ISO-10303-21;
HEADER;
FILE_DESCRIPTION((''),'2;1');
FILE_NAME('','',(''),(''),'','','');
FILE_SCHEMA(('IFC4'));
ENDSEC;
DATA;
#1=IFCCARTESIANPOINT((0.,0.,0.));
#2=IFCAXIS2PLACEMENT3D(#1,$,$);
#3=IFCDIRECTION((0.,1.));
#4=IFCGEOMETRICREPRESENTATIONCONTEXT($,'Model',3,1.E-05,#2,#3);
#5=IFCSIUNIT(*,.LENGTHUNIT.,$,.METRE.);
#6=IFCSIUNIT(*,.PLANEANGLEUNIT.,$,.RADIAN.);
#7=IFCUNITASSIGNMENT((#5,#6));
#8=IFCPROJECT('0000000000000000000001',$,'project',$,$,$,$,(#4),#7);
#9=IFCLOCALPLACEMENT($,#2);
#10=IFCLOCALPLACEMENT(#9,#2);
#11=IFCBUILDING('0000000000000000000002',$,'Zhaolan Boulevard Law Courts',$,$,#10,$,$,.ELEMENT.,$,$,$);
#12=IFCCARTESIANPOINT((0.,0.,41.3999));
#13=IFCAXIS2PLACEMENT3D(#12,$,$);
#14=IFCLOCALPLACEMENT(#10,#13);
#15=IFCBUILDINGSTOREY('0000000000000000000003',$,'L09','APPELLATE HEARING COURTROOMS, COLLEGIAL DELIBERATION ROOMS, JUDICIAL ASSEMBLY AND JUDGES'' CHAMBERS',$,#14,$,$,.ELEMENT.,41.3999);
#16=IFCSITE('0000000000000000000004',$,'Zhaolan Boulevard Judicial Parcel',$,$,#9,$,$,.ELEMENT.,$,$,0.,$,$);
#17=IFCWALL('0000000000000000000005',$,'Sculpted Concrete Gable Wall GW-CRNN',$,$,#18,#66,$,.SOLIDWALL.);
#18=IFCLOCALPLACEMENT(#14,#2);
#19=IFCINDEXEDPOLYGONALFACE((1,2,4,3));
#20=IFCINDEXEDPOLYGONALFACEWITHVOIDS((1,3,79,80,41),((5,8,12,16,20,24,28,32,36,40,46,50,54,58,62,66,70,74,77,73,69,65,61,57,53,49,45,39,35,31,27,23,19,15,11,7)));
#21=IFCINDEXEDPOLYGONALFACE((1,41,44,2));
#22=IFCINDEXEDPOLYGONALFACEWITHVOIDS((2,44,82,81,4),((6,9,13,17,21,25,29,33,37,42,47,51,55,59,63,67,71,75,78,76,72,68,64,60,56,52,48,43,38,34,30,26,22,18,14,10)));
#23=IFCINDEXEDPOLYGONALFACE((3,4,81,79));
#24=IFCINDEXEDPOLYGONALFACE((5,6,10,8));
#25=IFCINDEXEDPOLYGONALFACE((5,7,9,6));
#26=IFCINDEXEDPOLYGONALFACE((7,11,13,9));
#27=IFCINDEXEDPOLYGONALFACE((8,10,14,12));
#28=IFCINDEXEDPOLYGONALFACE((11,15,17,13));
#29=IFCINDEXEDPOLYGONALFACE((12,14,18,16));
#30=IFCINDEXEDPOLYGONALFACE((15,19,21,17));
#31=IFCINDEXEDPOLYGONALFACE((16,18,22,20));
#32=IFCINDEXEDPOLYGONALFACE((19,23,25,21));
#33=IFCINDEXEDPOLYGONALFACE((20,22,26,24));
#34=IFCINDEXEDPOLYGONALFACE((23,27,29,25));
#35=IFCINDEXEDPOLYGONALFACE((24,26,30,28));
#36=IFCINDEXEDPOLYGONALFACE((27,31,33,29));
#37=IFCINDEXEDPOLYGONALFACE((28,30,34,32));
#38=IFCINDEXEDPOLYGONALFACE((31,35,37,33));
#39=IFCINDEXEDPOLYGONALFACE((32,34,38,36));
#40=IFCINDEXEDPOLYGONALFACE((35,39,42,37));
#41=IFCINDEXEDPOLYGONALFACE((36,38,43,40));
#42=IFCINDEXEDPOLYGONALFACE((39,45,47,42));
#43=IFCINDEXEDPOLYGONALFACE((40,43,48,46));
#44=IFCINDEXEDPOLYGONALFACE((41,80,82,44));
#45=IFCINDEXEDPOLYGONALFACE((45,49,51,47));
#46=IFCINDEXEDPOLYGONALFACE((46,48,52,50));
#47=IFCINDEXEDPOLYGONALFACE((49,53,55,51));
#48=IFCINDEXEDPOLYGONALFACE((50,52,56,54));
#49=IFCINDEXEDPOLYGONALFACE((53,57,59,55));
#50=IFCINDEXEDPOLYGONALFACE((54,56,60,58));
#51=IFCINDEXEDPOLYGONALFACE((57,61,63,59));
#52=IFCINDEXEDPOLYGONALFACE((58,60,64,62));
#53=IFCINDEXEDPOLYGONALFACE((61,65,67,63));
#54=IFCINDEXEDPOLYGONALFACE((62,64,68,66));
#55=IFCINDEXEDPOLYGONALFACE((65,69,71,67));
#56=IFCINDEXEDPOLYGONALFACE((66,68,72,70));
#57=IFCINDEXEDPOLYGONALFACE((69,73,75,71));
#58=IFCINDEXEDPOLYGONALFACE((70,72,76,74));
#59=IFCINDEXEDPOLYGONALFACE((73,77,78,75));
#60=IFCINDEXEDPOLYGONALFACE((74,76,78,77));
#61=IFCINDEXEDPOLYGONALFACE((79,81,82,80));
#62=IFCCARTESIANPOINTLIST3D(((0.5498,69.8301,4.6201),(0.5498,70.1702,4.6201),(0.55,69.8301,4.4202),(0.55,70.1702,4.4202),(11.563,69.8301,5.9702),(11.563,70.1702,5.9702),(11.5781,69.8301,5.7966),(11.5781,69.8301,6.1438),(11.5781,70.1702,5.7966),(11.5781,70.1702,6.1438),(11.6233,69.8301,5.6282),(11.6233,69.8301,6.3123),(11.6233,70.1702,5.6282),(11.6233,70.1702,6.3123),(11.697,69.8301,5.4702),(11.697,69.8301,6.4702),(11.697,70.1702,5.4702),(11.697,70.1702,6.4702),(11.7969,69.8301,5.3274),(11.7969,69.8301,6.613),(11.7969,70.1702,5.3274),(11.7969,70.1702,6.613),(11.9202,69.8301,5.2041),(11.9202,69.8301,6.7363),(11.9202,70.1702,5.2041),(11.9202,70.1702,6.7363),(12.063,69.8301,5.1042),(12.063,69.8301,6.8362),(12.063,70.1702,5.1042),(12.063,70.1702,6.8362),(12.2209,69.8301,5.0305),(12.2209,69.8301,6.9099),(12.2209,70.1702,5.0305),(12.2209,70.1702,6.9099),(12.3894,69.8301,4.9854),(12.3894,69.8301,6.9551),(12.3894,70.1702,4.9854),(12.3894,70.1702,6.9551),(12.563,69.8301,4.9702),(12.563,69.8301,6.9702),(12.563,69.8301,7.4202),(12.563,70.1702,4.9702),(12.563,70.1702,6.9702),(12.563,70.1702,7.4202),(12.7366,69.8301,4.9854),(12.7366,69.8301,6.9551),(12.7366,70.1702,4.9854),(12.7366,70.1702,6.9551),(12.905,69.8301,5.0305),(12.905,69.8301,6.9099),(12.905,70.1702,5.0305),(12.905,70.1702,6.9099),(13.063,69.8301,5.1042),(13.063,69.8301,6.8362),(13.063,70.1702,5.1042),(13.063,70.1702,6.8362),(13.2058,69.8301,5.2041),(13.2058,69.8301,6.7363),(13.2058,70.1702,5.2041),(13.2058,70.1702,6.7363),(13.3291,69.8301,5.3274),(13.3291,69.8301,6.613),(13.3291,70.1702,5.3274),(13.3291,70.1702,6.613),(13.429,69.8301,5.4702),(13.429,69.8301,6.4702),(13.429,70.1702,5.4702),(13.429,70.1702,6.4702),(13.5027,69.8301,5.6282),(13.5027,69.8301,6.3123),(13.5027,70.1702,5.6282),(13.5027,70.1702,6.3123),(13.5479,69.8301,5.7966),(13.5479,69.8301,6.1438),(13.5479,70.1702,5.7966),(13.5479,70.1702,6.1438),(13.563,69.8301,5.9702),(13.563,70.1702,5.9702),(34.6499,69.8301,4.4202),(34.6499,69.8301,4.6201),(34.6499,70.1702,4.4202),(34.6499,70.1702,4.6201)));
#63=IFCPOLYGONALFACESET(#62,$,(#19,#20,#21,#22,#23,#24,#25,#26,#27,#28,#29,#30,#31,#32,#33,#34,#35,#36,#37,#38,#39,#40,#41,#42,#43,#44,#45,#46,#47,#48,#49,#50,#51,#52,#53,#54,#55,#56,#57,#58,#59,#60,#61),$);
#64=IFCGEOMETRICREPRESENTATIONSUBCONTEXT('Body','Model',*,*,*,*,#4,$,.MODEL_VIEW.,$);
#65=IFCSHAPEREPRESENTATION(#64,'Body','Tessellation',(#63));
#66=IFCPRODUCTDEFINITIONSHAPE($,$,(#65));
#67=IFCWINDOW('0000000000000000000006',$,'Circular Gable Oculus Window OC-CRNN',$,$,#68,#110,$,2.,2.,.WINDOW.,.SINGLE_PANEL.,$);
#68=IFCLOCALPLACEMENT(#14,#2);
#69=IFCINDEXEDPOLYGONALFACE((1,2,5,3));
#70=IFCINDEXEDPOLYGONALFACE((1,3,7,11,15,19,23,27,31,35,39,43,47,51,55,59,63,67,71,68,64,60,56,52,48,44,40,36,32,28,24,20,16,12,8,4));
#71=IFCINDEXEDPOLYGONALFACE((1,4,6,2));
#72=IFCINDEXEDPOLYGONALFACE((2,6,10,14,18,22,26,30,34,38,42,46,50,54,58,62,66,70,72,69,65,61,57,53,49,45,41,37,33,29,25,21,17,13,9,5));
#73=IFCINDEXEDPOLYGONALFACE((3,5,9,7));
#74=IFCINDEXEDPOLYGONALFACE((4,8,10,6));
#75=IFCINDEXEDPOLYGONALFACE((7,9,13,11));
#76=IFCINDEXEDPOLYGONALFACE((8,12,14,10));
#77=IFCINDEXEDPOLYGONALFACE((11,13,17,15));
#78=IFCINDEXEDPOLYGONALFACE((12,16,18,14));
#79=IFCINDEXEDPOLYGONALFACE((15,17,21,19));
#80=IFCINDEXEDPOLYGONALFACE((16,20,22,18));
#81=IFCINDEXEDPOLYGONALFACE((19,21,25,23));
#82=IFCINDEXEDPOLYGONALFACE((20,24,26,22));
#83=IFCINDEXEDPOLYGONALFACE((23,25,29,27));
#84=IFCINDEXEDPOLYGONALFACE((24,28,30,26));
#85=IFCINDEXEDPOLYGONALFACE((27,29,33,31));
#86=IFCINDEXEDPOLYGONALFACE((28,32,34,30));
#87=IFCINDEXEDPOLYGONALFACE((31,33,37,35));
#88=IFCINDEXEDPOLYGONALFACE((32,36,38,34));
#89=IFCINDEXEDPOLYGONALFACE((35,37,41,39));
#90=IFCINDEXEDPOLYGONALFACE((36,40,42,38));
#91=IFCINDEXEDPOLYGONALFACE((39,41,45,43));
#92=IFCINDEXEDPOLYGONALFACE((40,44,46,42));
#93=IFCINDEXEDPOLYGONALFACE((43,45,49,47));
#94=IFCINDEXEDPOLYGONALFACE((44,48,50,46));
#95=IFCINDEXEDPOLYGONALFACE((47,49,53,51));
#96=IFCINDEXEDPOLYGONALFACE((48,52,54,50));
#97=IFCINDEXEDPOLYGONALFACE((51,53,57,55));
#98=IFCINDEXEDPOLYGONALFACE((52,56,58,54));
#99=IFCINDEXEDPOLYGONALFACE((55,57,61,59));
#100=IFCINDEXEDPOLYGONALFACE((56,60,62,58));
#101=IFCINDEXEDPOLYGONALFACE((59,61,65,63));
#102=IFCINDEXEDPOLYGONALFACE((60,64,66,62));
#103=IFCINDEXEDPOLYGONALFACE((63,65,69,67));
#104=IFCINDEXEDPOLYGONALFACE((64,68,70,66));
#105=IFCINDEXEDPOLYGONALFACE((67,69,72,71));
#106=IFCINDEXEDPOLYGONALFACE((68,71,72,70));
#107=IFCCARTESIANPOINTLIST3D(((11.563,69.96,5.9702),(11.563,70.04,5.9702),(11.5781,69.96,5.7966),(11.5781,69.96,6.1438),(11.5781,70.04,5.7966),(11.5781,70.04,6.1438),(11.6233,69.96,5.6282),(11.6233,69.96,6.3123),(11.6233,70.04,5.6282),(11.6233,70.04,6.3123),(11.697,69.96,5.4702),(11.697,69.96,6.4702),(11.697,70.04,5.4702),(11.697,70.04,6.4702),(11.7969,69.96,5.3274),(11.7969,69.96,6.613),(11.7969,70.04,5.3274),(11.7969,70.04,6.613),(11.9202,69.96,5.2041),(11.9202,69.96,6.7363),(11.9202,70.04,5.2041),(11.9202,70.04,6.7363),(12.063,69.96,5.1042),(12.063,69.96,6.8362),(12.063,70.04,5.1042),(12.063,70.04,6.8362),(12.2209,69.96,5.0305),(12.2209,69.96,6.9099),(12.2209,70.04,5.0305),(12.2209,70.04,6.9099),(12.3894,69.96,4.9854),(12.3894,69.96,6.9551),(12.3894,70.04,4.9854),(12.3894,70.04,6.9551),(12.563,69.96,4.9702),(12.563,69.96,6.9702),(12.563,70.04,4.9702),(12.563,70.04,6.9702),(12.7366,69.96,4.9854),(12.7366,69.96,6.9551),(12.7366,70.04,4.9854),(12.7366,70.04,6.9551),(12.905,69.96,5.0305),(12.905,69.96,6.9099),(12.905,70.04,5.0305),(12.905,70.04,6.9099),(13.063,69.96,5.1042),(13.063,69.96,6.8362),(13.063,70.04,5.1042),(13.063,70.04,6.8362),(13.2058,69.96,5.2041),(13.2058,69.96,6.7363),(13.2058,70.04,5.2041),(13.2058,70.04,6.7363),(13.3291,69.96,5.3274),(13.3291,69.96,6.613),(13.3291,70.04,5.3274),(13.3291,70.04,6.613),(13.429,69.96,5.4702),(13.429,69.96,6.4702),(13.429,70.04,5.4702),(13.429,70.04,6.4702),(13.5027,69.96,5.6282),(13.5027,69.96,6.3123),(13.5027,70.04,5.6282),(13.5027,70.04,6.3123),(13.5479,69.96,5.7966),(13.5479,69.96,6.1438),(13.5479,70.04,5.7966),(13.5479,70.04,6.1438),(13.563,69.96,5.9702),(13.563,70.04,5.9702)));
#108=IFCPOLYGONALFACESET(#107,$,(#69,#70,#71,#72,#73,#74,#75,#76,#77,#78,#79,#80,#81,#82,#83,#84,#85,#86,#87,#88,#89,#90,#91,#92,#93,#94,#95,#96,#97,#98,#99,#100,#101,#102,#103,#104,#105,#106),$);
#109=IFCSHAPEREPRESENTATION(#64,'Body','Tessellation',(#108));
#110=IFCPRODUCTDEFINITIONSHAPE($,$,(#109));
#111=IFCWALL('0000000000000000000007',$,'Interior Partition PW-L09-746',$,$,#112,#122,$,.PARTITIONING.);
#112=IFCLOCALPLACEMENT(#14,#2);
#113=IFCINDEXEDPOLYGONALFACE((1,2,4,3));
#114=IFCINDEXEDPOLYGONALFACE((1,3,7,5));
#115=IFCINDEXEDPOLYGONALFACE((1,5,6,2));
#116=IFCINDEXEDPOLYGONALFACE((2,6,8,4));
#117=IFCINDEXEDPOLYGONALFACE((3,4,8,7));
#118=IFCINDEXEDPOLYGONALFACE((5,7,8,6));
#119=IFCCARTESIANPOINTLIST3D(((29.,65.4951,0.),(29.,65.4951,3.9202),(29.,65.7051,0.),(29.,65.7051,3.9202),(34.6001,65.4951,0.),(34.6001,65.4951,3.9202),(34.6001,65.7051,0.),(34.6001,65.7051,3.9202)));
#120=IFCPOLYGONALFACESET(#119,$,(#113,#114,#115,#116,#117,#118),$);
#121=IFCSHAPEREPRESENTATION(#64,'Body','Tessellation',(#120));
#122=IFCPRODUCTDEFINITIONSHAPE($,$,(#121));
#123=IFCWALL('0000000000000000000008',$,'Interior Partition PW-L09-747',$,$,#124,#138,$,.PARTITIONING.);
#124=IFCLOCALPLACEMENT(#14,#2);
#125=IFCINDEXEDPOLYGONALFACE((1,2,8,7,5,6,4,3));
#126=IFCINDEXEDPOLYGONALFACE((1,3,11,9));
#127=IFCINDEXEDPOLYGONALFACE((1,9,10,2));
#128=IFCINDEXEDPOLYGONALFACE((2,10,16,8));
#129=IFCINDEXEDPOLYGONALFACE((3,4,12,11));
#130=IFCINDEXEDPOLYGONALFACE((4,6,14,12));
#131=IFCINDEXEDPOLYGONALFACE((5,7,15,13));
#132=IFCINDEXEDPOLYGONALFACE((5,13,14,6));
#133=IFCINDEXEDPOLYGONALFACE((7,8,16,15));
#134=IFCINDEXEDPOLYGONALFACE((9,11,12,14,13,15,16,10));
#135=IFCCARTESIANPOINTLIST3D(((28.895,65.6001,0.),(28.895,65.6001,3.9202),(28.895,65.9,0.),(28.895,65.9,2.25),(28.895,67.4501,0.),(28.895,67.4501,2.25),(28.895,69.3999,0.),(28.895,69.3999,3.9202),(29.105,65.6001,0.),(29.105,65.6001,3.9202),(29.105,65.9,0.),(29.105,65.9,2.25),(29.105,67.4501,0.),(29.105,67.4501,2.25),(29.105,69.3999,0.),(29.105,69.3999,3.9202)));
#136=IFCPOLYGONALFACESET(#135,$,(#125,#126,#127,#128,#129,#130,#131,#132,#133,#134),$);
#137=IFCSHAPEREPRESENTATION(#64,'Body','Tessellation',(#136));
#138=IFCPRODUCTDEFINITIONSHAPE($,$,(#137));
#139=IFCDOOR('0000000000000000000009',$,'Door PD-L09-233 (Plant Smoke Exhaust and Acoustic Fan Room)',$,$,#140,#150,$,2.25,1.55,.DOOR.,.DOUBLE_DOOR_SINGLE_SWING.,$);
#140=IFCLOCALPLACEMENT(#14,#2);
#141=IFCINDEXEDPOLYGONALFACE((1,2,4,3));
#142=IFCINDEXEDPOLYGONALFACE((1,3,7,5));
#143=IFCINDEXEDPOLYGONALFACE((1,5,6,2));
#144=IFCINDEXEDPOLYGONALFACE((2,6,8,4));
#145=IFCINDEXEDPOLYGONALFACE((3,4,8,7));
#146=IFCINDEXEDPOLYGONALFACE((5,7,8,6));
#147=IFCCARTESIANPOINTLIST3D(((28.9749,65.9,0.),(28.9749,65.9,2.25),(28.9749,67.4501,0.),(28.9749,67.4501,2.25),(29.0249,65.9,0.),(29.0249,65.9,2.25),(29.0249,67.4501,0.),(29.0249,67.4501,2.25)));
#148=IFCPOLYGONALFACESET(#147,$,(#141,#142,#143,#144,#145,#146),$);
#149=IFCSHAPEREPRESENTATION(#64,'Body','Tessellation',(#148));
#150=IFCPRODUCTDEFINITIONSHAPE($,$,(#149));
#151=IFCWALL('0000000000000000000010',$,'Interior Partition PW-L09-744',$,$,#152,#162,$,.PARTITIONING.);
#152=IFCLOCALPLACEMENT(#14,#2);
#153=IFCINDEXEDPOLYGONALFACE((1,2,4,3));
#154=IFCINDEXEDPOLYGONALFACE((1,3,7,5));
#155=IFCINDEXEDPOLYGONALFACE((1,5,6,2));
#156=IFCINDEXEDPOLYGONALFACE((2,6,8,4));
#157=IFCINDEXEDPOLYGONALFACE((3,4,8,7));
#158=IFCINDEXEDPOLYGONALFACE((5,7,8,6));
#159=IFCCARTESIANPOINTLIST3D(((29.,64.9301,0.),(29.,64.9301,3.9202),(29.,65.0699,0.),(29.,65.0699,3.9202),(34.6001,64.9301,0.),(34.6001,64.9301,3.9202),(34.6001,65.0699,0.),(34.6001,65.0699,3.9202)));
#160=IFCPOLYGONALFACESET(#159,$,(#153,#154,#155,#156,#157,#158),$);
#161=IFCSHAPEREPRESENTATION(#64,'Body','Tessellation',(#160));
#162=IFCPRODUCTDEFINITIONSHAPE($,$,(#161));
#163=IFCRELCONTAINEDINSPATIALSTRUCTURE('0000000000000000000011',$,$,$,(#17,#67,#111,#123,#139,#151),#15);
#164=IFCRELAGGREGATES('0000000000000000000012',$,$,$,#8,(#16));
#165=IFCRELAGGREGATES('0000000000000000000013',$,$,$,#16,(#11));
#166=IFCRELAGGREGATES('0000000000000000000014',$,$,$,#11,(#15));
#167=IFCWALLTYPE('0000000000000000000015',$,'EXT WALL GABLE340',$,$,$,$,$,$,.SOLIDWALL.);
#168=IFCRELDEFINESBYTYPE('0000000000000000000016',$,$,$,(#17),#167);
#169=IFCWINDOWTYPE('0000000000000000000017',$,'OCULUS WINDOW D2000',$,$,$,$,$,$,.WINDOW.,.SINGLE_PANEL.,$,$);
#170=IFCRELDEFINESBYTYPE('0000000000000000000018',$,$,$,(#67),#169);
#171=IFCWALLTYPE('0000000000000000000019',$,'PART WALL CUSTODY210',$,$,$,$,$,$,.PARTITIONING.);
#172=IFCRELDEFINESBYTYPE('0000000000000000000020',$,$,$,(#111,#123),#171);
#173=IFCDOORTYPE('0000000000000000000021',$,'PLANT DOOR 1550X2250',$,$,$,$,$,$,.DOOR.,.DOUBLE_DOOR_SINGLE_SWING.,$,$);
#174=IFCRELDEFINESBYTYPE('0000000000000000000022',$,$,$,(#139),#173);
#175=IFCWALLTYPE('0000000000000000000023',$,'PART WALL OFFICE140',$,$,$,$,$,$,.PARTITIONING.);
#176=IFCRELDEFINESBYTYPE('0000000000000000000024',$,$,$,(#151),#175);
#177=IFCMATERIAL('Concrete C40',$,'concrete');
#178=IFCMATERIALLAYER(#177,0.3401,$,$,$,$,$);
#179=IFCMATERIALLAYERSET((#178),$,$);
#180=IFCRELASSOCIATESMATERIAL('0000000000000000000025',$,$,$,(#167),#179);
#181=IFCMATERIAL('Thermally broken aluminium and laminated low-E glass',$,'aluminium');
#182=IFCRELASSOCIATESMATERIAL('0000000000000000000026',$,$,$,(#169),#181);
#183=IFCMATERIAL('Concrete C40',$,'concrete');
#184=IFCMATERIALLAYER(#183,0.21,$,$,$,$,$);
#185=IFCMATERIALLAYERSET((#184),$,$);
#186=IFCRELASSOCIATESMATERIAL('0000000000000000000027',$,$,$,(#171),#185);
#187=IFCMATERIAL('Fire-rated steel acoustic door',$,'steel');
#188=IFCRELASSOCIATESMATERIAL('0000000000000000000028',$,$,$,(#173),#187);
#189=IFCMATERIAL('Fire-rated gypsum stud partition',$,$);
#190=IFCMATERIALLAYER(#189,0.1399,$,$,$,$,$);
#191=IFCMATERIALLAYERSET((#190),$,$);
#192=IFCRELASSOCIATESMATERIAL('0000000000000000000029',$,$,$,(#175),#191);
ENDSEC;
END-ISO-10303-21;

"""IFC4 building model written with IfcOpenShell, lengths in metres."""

from ifc_helpers import new_model, si_unit, direction, frame, frame_2d, origin, place, context, subcontext, project, spatial, polyline, rectangle, outline, extrude, material, layer, layer_set, type_object, element, fill, save


model = new_model("IFC4")

# Units and contexts
model_context = context("Model", 3, precision=1e-05, world=origin(), true_north=direction((0.0, 1.0)))
body_context = subcontext(model_context, "Body", "Model", "MODEL_VIEW")
ifc_project = project(units=[si_unit("LENGTHUNIT", "METRE"), si_unit("PLANEANGLEUNIT", "RADIAN")], contexts=[model_context])

# Site, building, storey
site_placement = place(None, origin())
site = spatial("IfcSite", under=ifc_project, at=site_placement, Name="Zhaolan Boulevard Judicial Parcel", CompositionType="ELEMENT", RefElevation=0.0)
building_placement = place(site_placement, origin())
building = spatial("IfcBuilding", under=site, at=building_placement, Name="Zhaolan Boulevard Law Courts", CompositionType="ELEMENT")
storey_placement = place(building_placement, frame((0.0, 0.0, 41.3999)))
storey = spatial("IfcBuildingStorey", under=building, at=storey_placement, Name="L09", Description="APPELLATE HEARING COURTROOMS, COLLEGIAL DELIBERATION ROOMS, JUDICIAL ASSEMBLY AND JUDGES' CHAMBERS", CompositionType="ELEMENT", Elevation=41.3999)

# Wall, opening, window
ifc_material_1 = material(Name="Concrete C40", Category="concrete")
ifc_layer_1 = layer(ifc_material_1, 0.3401)
ifc_layer_set_1 = layer_set([ifc_layer_1])
wall_type_1 = type_object("IfcWallType", Name="EXT WALL GABLE340", PredefinedType="SOLIDWALL", material=ifc_layer_set_1)
wall_1_placement = place(storey_placement, frame((34.6499, 70.0, 4.4202), z_axis=(0.0, 0.0, 1.0), x_axis=(-1.0, 0.0, 0.0)))
wall_1 = element("IfcWall", 1, at=wall_1_placement, inside=storey, type_object=wall_type_1, Name="Sculpted Concrete Gable Wall GW-CRNN", PredefinedType="SOLIDWALL", context=body_context, shape_type="SweptSolid", body=[
    extrude(outline(polyline([(0.0, 0.0), (34.0999, 0.0), (34.1001, 0.2), (22.0869, 3.0), (0.0, 0.2), (0.0, 0.0)])), frame((0.0, 0.1699, 0.0), z_axis=(0.0, -1.0, 0.0), x_axis=(1.0, 0.0, 0.0)), (0.0, 0.0, 1.0), 0.3401),
])
opening_1_placement = place(wall_1_placement, frame((21.0869, 0.0, 0.55)))
opening_1 = element("IfcOpeningElement", 2, at=opening_1_placement, cuts=wall_1, PredefinedType="OPENING", context=body_context, shape_type="SweptSolid", body=[
    extrude(outline(polyline([(2.0, 1.0), (1.9849, 1.1736), (1.9397, 1.342), (1.866, 1.5), (1.7661, 1.6428), (1.6428, 1.7661), (1.5, 1.866), (1.342, 1.9397), (1.1736, 1.9849), (1.0, 2.0), (0.8264, 1.9849), (0.658, 1.9397), (0.5, 1.866), (0.3572, 1.7661), (0.2339, 1.6428), (0.134, 1.5), (0.0603, 1.342), (0.0151, 1.1736), (0.0, 1.0), (0.0151, 0.8264), (0.0603, 0.658), (0.134, 0.5), (0.2339, 0.3572), (0.3572, 0.2339), (0.5, 0.134), (0.658, 0.0603), (0.8264, 0.0151), (1.0, 0.0), (1.1736, 0.0151), (1.342, 0.0603), (1.5, 0.134), (1.6428, 0.2339), (1.7661, 0.3572), (1.866, 0.5), (1.9397, 0.658), (1.9849, 0.8264), (2.0, 1.0)])), frame((0.0, 0.1799, 0.0), z_axis=(0.0, -1.0, 0.0), x_axis=(1.0, 0.0, 0.0)), (0.0, 0.0, 1.0), 0.3601),
])
ifc_material_2 = material(Name="Thermally broken aluminium and laminated low-E glass", Category="aluminium")
window_type_1 = type_object("IfcWindowType", Name="OCULUS WINDOW D2000", PartitioningType="SINGLE_PANEL", PredefinedType="WINDOW", material=ifc_material_2)
window_1_placement = place(opening_1_placement, origin())
window_1 = element("IfcWindow", 3, at=window_1_placement, inside=storey, type_object=window_type_1, Name="Circular Gable Oculus Window OC-CRNN", OverallHeight=2.0, OverallWidth=2.0, PartitioningType="SINGLE_PANEL", PredefinedType="WINDOW", context=body_context, shape_type="SweptSolid", body=[
    extrude(outline(polyline([(2.0, 1.0), (1.9849, 1.1736), (1.9397, 1.342), (1.866, 1.5), (1.7661, 1.6428), (1.6428, 1.7661), (1.5, 1.866), (1.342, 1.9397), (1.1736, 1.9849), (1.0, 2.0), (0.8264, 1.9849), (0.658, 1.9397), (0.5, 1.866), (0.3572, 1.7661), (0.2339, 1.6428), (0.134, 1.5), (0.0603, 1.342), (0.0151, 1.1736), (0.0, 1.0), (0.0151, 0.8264), (0.0603, 0.658), (0.134, 0.5), (0.2339, 0.3572), (0.3572, 0.2339), (0.5, 0.134), (0.658, 0.0603), (0.8264, 0.0151), (1.0, 0.0), (1.1736, 0.0151), (1.342, 0.0603), (1.5, 0.134), (1.6428, 0.2339), (1.7661, 0.3572), (1.866, 0.5), (1.9397, 0.658), (1.9849, 0.8264), (2.0, 1.0)])), frame((0.0, 0.04, 0.0), z_axis=(0.0, -1.0, 0.0), x_axis=(1.0, 0.0, 0.0)), (0.0, 0.0, 1.0), 0.0801),
])
fill(opening_1, window_1)

# Wall
ifc_material_3 = material(Name="Concrete C40", Category="concrete")
ifc_layer_2 = layer(ifc_material_3, 0.21)
ifc_layer_set_2 = layer_set([ifc_layer_2])
wall_type_2 = type_object("IfcWallType", Name="PART WALL CUSTODY210", PredefinedType="PARTITIONING", material=ifc_layer_set_2)
wall_2_placement = place(storey_placement, frame((29.0, 65.6001, 0.0), z_axis=(0.0, 0.0, 1.0), x_axis=(1.0, 0.0, 0.0)))
element("IfcWall", 4, at=wall_2_placement, inside=storey, type_object=wall_type_2, Name="Interior Partition PW-L09-746", PredefinedType="PARTITIONING", context=body_context, shape_type="SweptSolid", body=[
    extrude(rectangle(XDim=5.6001, YDim=0.21, at=frame_2d((2.8, 0.0))), origin(), (0.0, 0.0, 1.0), 3.9202),
])

# Wall, opening, door
wall_3_placement = place(storey_placement, frame((29.0, 69.3999, 0.0), z_axis=(0.0, 0.0, 1.0), x_axis=(0.0, -1.0, 0.0)))
wall_3 = element("IfcWall", 5, at=wall_3_placement, inside=storey, type_object=wall_type_2, Name="Interior Partition PW-L09-747", PredefinedType="PARTITIONING", context=body_context, shape_type="SweptSolid", body=[
    extrude(rectangle(XDim=3.7998, YDim=0.21, at=frame_2d((1.8999, 0.0))), origin(), (0.0, 0.0, 1.0), 3.9202),
])
opening_2_placement = place(wall_3_placement, frame((1.95, 0.0, 0.0)))
opening_2 = element("IfcOpeningElement", 6, at=opening_2_placement, cuts=wall_3, PredefinedType="OPENING", context=body_context, shape_type="SweptSolid", body=[
    extrude(rectangle(XDim=1.55, YDim=2.25, at=frame_2d((0.7749, 1.125))), frame((0.0, 0.115, 0.0), z_axis=(0.0, -1.0, 0.0), x_axis=(1.0, 0.0, 0.0)), (0.0, 0.0, 1.0), 0.23),
])
ifc_material_4 = material(Name="Fire-rated steel acoustic door", Category="steel")
door_type = type_object("IfcDoorType", Name="PLANT DOOR 1550X2250", OperationType="DOUBLE_DOOR_SINGLE_SWING", PredefinedType="DOOR", material=ifc_material_4)
door_placement = place(opening_2_placement, origin())
door = element("IfcDoor", 7, at=door_placement, inside=storey, type_object=door_type, Name="Door PD-L09-233 (Plant Smoke Exhaust and Acoustic Fan Room)", OperationType="DOUBLE_DOOR_SINGLE_SWING", OverallHeight=2.25, OverallWidth=1.55, PredefinedType="DOOR", context=body_context, shape_type="SweptSolid", body=[
    extrude(rectangle(XDim=1.55, YDim=2.25, at=frame_2d((0.7749, 1.125))), frame((0.0, 0.0249, 0.0), z_axis=(0.0, -1.0, 0.0), x_axis=(1.0, 0.0, 0.0)), (0.0, 0.0, 1.0), 0.05),
])
fill(opening_2, door)

# Wall
ifc_material_5 = material(Name="Fire-rated gypsum stud partition")
ifc_layer_3 = layer(ifc_material_5, 0.1399)
ifc_layer_set_3 = layer_set([ifc_layer_3])
wall_type_3 = type_object("IfcWallType", Name="PART WALL OFFICE140", PredefinedType="PARTITIONING", material=ifc_layer_set_3)
wall_4_placement = place(storey_placement, frame((34.6001, 65.0, 0.0), z_axis=(0.0, 0.0, 1.0), x_axis=(-1.0, 0.0, 0.0)))
element("IfcWall", 8, at=wall_4_placement, inside=storey, type_object=wall_type_3, Name="Interior Partition PW-L09-744", PredefinedType="PARTITIONING", context=body_context, shape_type="SweptSolid", body=[
    extrude(rectangle(XDim=5.6001, YDim=0.1399, at=frame_2d((2.8, 0.0))), origin(), (0.0, 0.0, 1.0), 3.9202),
])

save(model, "model.ifc")
